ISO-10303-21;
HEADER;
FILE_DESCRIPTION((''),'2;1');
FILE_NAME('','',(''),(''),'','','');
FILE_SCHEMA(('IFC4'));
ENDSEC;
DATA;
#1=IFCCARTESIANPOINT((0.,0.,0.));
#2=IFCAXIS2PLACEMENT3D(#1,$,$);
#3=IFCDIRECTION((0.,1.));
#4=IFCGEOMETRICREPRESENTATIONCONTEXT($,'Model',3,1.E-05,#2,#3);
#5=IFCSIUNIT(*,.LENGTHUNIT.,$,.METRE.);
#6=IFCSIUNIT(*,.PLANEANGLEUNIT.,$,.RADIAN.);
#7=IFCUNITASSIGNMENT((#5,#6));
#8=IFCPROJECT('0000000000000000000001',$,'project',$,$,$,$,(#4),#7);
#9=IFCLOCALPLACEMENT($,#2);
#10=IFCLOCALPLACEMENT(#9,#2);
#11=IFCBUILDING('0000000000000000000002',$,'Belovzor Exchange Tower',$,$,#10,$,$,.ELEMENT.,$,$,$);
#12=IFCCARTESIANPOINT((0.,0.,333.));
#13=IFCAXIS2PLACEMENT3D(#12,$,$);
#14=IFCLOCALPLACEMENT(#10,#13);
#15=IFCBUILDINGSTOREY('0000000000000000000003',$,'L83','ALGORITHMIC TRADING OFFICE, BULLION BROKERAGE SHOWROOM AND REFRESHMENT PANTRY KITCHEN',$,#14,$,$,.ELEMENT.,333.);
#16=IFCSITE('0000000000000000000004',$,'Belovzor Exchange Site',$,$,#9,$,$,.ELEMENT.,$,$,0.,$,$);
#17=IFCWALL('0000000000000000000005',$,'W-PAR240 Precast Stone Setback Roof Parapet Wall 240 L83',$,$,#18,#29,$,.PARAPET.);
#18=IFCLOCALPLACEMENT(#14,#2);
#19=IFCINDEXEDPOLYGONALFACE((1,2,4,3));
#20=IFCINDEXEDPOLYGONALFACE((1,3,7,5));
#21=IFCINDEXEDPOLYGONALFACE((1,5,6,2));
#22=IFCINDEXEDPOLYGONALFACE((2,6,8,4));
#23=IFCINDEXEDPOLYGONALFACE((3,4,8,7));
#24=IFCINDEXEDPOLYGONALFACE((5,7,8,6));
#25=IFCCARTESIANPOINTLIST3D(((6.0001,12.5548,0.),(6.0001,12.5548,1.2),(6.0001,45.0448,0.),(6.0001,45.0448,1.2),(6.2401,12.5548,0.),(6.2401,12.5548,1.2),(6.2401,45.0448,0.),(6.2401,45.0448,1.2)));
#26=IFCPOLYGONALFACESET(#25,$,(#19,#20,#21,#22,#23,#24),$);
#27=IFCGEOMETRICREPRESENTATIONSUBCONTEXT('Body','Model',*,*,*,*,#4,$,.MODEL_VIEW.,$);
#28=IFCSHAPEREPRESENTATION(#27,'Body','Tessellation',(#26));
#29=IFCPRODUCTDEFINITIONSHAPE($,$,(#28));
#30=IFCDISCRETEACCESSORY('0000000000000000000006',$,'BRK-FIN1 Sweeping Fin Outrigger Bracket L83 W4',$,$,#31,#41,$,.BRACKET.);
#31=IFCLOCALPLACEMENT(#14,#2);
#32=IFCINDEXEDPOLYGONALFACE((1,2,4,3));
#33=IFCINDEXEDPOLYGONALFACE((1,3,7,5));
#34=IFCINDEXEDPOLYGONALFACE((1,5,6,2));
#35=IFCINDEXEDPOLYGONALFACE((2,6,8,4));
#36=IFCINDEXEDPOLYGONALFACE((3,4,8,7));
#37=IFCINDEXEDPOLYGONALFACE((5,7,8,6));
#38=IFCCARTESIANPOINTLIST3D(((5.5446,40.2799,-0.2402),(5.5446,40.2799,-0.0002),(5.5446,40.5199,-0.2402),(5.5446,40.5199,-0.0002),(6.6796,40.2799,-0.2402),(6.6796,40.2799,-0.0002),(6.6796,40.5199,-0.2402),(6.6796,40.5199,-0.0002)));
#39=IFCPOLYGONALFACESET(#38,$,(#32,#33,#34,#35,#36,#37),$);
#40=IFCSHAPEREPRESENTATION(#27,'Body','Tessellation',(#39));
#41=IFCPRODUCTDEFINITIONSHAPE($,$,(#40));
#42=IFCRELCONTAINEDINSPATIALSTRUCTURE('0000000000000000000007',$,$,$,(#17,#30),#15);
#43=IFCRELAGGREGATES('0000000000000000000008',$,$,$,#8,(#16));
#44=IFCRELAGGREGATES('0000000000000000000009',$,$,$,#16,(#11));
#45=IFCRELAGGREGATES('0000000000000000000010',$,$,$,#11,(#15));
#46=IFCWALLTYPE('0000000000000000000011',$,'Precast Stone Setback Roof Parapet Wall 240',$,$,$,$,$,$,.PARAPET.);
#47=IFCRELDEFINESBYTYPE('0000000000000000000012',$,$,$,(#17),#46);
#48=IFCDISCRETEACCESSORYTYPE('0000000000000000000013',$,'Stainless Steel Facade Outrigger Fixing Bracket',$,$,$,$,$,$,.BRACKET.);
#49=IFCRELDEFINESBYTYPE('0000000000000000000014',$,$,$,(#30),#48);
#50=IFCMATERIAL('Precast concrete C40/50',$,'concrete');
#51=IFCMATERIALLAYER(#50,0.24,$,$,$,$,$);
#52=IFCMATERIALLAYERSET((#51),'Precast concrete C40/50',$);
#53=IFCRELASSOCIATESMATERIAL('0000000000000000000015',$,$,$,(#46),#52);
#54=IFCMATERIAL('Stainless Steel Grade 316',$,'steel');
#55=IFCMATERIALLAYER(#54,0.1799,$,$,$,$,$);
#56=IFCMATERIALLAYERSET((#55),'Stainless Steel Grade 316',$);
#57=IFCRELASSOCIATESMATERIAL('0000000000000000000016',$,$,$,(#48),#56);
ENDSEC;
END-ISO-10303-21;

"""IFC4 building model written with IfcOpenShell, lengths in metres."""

from ifc_helpers import new_model, si_unit, direction, frame, frame_2d, origin, origin_2d, place, context, subcontext, project, spatial, rectangle, extrude, material, layer, layer_set, type_object, element, save


model = new_model("IFC4")

# Units and contexts
model_context = context("Model", 3, precision=1e-05, world=origin(), true_north=direction((0.0, 1.0)))
body_context = subcontext(model_context, "Body", "Model", "MODEL_VIEW")
ifc_project = project(units=[si_unit("LENGTHUNIT", "METRE"), si_unit("PLANEANGLEUNIT", "RADIAN")], contexts=[model_context])

# Site, building, storey
site_placement = place(None, origin())
site = spatial("IfcSite", under=ifc_project, at=site_placement, Name="Belovzor Exchange Site", CompositionType="ELEMENT", RefElevation=0.0)
building_placement = place(site_placement, origin())
building = spatial("IfcBuilding", under=site, at=building_placement, Name="Belovzor Exchange Tower", CompositionType="ELEMENT")
storey_placement = place(building_placement, frame((0.0, 0.0, 333.0)))
storey = spatial("IfcBuildingStorey", under=building, at=storey_placement, Name="L83", Description="ALGORITHMIC TRADING OFFICE, BULLION BROKERAGE SHOWROOM AND REFRESHMENT PANTRY KITCHEN", CompositionType="ELEMENT", Elevation=333.0)

# Wall
ifc_material_1 = material(Name="Precast concrete C40/50", Category="concrete")
ifc_layer_1 = layer(ifc_material_1, 0.24)
ifc_layer_set_1 = layer_set([ifc_layer_1], Name="Precast concrete C40/50")
wall_type_1 = type_object("IfcWallType", Name="Precast Stone Setback Roof Parapet Wall 240", PredefinedType="PARAPET", material=ifc_layer_set_1)
wall_1_placement = place(storey_placement, frame((6.1201, 45.0449, 0.0), z_axis=(0.0, 0.0, 1.0), x_axis=(0.0, -1.0, 0.0)))
element("IfcWall", 1, at=wall_1_placement, inside=storey, type_object=wall_type_1, Name="W-PAR240 Precast Stone Setback Roof Parapet Wall 240 L83", PredefinedType="PARAPET", context=body_context, shape_type="SweptSolid", body=[
    extrude(rectangle(XDim=32.49, YDim=0.24, at=frame_2d((16.2451, 0.0))), origin(), (0.0, 0.0, 1.0), 1.2),
])

# Discrete accessory
ifc_material_2 = material(Name="Stainless Steel Grade 316", Category="steel")
ifc_layer_2 = layer(ifc_material_2, 0.1799)
ifc_layer_set_2 = layer_set([ifc_layer_2], Name="Stainless Steel Grade 316")
discrete_accessory_type = type_object("IfcDiscreteAccessoryType", Name="Stainless Steel Facade Outrigger Fixing Bracket", PredefinedType="BRACKET", material=ifc_layer_set_2)
discrete_accessory_placement = place(storey_placement, frame((6.1121, 40.3999, -0.2402), z_axis=(0.0, 0.0, 1.0), x_axis=(1.0, 0.0, 0.0)))
element("IfcDiscreteAccessory", 2, at=discrete_accessory_placement, inside=storey, type_object=discrete_accessory_type, Name="BRK-FIN1 Sweeping Fin Outrigger Bracket L83 W4", PredefinedType="BRACKET", context=body_context, shape_type="SweptSolid", body=[
    extrude(rectangle(XDim=1.135, YDim=0.24, at=origin_2d()), origin(), (0.0, 0.0, 1.0), 0.24),
])

save(model, "model.ifc")
